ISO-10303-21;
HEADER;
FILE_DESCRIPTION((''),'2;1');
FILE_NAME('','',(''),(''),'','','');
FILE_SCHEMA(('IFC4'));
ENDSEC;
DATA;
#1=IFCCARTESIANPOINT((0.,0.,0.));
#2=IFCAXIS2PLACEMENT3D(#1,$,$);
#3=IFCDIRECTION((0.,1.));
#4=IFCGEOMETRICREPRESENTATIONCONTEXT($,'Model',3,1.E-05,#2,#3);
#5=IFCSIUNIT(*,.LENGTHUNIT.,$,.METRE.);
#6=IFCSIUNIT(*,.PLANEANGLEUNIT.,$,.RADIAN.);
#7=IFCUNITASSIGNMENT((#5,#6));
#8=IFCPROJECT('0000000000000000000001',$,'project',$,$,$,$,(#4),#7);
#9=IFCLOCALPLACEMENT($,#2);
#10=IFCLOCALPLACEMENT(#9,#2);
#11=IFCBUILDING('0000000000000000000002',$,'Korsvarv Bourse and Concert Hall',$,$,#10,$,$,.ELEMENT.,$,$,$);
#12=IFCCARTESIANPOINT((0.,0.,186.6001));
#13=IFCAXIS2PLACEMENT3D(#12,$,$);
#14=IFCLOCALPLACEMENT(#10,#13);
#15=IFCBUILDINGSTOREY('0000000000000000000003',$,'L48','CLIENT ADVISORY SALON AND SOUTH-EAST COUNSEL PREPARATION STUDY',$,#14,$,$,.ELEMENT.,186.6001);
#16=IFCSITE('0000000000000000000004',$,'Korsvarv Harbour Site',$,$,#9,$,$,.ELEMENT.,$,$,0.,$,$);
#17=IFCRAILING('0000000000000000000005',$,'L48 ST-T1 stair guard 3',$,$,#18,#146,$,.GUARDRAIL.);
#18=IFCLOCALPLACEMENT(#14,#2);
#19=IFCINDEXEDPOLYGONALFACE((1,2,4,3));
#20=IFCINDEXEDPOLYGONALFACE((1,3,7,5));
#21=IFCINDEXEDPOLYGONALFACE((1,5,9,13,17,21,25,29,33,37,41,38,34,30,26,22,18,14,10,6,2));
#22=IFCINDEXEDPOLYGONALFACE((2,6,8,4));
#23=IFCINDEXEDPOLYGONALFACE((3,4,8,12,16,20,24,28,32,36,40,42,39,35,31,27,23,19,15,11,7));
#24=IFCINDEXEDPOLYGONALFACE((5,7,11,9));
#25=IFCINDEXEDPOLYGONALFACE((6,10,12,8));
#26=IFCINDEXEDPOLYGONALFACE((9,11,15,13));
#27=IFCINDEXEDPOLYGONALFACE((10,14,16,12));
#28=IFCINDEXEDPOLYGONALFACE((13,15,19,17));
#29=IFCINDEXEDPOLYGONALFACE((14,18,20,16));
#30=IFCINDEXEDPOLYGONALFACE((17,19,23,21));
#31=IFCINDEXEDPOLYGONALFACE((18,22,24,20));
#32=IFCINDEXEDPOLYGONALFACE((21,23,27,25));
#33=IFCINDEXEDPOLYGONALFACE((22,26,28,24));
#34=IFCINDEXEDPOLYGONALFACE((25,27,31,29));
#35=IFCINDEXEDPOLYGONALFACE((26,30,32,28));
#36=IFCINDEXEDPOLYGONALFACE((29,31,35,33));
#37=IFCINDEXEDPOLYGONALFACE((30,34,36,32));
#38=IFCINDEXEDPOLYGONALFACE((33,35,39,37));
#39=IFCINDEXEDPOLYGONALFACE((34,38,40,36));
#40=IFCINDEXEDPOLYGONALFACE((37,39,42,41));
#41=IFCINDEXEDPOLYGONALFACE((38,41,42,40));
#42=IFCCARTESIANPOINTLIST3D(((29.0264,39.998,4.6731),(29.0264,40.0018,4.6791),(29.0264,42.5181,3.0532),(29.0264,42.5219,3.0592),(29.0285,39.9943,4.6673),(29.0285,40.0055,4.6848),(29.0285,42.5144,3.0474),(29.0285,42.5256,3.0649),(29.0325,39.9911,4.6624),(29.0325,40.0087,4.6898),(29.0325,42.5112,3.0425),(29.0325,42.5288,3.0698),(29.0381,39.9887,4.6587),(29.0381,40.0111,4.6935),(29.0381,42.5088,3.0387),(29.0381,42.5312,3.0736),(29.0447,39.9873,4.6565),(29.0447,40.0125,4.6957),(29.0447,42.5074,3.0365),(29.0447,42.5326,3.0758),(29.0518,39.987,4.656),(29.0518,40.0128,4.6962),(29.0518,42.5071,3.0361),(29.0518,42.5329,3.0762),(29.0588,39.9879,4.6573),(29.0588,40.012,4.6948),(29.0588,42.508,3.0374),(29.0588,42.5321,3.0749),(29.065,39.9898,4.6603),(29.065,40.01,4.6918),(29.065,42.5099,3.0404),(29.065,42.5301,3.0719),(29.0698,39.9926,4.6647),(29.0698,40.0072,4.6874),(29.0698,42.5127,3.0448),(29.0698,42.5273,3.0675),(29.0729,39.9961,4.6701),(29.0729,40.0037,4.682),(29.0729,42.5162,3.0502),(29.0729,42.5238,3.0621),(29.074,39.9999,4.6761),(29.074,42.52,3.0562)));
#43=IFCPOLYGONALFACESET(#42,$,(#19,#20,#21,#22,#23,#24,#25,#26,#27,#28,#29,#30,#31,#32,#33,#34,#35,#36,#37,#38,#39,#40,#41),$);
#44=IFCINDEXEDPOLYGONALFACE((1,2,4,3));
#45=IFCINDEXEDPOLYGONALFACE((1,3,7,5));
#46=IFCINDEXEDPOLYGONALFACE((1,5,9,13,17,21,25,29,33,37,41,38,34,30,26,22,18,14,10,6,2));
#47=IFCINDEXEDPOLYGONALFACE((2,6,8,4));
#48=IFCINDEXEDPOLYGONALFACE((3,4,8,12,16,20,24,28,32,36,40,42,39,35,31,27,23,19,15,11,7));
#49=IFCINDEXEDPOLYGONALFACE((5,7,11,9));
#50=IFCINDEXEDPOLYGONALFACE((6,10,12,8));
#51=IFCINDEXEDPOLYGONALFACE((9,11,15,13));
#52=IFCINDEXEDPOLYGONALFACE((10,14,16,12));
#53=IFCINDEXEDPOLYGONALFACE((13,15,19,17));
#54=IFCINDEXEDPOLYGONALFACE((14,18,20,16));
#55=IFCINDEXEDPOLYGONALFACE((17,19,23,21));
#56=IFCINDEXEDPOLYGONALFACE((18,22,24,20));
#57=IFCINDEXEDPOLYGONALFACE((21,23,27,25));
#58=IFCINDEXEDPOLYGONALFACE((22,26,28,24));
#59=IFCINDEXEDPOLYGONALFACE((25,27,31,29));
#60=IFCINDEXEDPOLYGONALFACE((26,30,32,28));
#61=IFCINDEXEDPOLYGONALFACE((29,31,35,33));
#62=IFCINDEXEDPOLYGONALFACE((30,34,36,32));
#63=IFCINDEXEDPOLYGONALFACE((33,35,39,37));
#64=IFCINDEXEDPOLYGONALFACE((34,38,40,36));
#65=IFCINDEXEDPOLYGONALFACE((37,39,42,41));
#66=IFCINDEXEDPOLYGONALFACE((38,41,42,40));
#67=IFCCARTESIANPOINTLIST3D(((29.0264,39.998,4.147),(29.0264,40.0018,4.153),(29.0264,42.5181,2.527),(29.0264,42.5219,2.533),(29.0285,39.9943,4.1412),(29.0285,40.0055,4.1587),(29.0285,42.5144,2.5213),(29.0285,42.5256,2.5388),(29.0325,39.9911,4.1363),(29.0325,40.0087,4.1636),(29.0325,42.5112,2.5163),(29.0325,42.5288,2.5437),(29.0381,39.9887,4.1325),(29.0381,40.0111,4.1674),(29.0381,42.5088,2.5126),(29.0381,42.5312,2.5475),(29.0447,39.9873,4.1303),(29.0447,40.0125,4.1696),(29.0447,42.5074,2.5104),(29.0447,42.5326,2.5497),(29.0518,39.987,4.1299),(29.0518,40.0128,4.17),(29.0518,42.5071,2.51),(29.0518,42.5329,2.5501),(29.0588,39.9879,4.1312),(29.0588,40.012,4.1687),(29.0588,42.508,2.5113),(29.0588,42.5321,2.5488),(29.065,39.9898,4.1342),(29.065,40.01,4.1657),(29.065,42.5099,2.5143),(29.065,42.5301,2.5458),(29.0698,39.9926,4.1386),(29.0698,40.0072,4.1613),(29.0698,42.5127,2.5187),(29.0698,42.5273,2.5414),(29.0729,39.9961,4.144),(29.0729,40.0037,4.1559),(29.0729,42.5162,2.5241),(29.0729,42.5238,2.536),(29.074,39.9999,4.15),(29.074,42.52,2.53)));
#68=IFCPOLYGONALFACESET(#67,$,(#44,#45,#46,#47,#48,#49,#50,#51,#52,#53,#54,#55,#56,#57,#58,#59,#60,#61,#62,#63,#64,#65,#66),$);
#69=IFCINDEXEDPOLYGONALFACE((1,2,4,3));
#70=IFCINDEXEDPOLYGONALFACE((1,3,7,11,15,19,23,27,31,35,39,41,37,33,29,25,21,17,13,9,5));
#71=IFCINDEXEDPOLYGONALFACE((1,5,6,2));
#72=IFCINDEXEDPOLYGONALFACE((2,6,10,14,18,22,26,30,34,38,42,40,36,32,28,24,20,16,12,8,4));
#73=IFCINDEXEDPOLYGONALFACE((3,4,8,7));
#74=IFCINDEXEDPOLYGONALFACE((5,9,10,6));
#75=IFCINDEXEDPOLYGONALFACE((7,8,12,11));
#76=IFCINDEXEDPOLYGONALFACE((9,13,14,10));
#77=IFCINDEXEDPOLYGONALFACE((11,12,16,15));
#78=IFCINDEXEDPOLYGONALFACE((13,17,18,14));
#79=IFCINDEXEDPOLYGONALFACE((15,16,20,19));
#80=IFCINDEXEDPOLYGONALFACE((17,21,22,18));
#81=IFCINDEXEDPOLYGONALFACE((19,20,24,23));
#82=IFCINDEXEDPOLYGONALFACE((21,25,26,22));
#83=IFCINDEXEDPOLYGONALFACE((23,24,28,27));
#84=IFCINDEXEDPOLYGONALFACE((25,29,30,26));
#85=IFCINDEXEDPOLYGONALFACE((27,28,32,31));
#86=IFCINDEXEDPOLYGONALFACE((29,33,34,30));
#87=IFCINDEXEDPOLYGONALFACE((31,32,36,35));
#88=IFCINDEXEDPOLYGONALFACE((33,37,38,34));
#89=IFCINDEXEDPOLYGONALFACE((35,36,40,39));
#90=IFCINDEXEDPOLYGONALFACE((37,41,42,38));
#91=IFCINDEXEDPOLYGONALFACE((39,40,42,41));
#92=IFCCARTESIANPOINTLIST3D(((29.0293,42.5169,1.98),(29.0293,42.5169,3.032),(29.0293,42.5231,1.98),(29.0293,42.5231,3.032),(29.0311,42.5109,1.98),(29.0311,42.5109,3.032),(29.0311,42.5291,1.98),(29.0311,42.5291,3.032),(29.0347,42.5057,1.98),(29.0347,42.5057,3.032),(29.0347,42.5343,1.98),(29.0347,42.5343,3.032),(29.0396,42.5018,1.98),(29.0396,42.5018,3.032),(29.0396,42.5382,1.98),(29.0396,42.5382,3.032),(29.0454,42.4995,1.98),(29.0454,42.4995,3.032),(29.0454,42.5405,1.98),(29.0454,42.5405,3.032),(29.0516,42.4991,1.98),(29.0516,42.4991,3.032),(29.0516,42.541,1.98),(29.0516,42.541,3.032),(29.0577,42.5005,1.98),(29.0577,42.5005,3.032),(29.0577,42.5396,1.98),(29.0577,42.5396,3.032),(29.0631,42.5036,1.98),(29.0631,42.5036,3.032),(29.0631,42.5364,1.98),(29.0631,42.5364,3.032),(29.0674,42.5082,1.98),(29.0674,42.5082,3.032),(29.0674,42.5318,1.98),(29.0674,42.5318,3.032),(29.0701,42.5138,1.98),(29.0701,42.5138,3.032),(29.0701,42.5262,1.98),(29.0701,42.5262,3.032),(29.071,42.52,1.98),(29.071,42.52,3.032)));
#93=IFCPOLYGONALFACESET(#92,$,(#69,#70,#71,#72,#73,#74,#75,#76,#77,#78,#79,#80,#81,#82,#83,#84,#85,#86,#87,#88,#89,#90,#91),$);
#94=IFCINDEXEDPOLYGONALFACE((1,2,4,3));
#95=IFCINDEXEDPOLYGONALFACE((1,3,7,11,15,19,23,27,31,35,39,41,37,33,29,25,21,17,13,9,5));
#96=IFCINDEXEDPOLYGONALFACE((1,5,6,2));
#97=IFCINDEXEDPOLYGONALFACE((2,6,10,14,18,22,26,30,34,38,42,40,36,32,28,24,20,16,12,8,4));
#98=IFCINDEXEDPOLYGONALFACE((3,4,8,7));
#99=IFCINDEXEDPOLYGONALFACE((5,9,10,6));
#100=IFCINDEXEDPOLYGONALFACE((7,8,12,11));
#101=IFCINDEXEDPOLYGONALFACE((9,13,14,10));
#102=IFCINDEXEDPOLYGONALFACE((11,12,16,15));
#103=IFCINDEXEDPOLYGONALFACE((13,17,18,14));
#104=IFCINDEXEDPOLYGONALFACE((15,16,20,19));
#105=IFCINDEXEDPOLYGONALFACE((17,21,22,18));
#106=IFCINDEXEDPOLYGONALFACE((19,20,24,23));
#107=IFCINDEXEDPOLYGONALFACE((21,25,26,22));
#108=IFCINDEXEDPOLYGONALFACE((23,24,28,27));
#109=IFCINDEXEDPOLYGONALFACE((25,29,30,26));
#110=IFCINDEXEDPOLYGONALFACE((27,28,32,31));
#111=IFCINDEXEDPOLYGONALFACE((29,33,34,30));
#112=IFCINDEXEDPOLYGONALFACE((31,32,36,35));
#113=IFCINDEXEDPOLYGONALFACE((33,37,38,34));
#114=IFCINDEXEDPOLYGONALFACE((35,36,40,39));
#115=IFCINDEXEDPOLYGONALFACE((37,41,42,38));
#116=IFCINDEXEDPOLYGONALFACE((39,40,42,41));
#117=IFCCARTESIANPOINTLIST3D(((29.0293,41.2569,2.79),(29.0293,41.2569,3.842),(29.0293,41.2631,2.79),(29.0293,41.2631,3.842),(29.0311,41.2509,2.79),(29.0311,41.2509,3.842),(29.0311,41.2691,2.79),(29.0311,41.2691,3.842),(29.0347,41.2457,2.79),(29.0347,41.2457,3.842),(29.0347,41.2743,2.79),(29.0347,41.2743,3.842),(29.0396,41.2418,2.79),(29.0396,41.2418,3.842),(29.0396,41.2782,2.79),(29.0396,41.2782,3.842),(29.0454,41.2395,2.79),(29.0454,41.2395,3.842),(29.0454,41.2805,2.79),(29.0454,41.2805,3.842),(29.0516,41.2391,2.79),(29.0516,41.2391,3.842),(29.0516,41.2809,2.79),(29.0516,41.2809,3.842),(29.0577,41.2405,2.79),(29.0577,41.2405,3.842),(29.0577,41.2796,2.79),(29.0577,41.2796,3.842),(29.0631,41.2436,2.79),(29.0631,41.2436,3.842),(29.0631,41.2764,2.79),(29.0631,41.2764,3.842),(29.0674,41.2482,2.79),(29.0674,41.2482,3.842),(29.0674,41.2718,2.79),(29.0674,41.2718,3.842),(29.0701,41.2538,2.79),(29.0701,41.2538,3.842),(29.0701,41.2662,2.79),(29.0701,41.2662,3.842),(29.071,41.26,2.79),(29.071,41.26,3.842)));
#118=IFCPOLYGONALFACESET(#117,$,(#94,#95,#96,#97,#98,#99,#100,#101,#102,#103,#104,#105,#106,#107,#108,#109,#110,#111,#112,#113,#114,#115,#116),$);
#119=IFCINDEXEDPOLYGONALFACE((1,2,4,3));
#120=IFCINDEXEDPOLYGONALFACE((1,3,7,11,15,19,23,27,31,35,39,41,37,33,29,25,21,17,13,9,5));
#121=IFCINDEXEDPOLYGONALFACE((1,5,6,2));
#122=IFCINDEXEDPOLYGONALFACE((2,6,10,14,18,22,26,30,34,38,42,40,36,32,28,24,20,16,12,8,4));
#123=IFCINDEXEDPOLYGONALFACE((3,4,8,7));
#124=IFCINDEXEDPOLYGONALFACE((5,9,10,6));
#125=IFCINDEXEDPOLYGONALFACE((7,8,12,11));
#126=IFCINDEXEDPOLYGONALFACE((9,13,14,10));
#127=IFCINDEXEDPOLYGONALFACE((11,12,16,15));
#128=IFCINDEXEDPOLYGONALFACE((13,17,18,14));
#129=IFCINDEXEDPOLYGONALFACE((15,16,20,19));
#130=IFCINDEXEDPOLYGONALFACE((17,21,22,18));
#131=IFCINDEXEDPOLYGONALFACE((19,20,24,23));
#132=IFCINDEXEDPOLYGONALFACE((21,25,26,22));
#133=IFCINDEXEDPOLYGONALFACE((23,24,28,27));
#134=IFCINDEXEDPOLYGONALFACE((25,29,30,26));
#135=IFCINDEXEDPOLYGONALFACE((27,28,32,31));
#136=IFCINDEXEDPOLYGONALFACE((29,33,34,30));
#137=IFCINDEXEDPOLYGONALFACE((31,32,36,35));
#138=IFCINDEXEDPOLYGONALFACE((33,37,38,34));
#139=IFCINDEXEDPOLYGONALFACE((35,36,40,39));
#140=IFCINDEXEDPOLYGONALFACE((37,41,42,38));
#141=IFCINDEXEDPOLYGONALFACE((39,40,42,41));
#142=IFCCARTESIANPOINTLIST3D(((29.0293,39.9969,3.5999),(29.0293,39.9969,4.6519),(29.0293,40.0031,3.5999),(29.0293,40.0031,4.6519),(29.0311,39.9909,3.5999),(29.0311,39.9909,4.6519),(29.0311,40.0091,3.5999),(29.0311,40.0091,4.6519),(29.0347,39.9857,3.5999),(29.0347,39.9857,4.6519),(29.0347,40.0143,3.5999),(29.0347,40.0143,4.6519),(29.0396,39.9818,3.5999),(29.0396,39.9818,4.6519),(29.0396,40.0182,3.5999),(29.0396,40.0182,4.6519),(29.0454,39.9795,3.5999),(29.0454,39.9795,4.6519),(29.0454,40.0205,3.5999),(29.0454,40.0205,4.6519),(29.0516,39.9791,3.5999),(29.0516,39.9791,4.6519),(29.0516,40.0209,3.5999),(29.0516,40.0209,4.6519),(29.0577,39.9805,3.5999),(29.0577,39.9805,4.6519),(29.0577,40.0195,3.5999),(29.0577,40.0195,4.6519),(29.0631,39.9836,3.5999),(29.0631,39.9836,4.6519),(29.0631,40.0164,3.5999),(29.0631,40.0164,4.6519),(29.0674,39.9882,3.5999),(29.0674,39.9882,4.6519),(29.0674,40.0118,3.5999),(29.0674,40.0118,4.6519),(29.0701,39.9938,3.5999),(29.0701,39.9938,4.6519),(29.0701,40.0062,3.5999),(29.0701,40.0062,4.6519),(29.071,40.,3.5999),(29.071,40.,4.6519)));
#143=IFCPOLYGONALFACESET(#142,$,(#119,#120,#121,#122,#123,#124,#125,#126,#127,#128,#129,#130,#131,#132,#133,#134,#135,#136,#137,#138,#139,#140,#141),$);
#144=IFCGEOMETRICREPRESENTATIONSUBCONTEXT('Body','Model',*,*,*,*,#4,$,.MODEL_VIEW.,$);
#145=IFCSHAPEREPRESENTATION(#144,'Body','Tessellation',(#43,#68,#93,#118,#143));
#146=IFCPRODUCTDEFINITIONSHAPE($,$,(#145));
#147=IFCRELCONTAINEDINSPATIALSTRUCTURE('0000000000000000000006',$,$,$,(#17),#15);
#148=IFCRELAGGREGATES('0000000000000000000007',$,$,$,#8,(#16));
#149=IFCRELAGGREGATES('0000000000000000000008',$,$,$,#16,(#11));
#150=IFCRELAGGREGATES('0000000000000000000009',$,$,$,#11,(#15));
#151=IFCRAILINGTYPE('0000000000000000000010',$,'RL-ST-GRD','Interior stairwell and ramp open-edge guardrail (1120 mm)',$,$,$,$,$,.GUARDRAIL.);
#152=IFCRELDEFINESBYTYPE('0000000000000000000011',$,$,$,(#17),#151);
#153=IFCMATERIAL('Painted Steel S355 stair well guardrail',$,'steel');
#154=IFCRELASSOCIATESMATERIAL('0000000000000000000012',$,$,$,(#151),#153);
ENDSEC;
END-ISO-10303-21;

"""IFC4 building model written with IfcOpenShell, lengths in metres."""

from ifc_helpers import new_model, si_unit, direction, frame, origin, origin_2d, place, context, subcontext, project, spatial, circle, extrude, material, type_object, element, save


model = new_model("IFC4")

# Units and contexts
model_context = context("Model", 3, precision=1e-05, world=origin(), true_north=direction((0.0, 1.0)))
body_context = subcontext(model_context, "Body", "Model", "MODEL_VIEW")
ifc_project = project(units=[si_unit("LENGTHUNIT", "METRE"), si_unit("PLANEANGLEUNIT", "RADIAN")], contexts=[model_context])

# Site, building, storey
site_placement = place(None, origin())
site = spatial("IfcSite", under=ifc_project, at=site_placement, Name="Korsvarv Harbour Site", CompositionType="ELEMENT", RefElevation=0.0)
building_placement = place(site_placement, origin())
building = spatial("IfcBuilding", under=site, at=building_placement, Name="Korsvarv Bourse and Concert Hall", CompositionType="ELEMENT")
storey_placement = place(building_placement, frame((0.0, 0.0, 186.6001)))
storey = spatial("IfcBuildingStorey", under=building, at=storey_placement, Name="L48", Description="CLIENT ADVISORY SALON AND SOUTH-EAST COUNSEL PREPARATION STUDY", CompositionType="ELEMENT", Elevation=186.6001)

# Railing
ifc_material_1 = material(Name="Painted Steel S355 stair well guardrail", Category="steel")
railing_type_1 = type_object("IfcRailingType", Name="RL-ST-GRD", Description="Interior stairwell and ramp open-edge guardrail (1120 mm)", PredefinedType="GUARDRAIL", material=ifc_material_1)
railing_1_placement = place(storey_placement, frame((29.05, 42.52, 1.98)))
element("IfcRailing", 1, at=railing_1_placement, inside=storey, type_object=railing_type_1, Name="L48 ST-T1 stair guard 3", PredefinedType="GUARDRAIL", context=body_context, shape_type="SweptSolid", body=[
    extrude(circle(Radius=0.0239, at=origin_2d()), frame((0.0, 0.0, 1.0762), z_axis=(0.0, -0.8412, 0.540725), x_axis=(1.0, 0.0, 0.0)), (0.0, 0.0, 1.0), 2.9958),
    extrude(circle(Radius=0.0239, at=origin_2d()), frame((0.0, 0.0, 0.55), z_axis=(0.0, -0.8412, 0.540725), x_axis=(1.0, 0.0, 0.0)), (0.0, 0.0, 1.0), 2.9958),
    extrude(circle(Radius=0.021, at=origin_2d()), origin(), (0.0, 0.0, 1.0), 1.052),
    extrude(circle(Radius=0.021, at=origin_2d()), frame((0.0, -1.26, 0.8101)), (0.0, 0.0, 1.0), 1.052),
    extrude(circle(Radius=0.021, at=origin_2d()), frame((0.0, -2.52, 1.6199)), (0.0, 0.0, 1.0), 1.052),
])

save(model, "model.ifc")
